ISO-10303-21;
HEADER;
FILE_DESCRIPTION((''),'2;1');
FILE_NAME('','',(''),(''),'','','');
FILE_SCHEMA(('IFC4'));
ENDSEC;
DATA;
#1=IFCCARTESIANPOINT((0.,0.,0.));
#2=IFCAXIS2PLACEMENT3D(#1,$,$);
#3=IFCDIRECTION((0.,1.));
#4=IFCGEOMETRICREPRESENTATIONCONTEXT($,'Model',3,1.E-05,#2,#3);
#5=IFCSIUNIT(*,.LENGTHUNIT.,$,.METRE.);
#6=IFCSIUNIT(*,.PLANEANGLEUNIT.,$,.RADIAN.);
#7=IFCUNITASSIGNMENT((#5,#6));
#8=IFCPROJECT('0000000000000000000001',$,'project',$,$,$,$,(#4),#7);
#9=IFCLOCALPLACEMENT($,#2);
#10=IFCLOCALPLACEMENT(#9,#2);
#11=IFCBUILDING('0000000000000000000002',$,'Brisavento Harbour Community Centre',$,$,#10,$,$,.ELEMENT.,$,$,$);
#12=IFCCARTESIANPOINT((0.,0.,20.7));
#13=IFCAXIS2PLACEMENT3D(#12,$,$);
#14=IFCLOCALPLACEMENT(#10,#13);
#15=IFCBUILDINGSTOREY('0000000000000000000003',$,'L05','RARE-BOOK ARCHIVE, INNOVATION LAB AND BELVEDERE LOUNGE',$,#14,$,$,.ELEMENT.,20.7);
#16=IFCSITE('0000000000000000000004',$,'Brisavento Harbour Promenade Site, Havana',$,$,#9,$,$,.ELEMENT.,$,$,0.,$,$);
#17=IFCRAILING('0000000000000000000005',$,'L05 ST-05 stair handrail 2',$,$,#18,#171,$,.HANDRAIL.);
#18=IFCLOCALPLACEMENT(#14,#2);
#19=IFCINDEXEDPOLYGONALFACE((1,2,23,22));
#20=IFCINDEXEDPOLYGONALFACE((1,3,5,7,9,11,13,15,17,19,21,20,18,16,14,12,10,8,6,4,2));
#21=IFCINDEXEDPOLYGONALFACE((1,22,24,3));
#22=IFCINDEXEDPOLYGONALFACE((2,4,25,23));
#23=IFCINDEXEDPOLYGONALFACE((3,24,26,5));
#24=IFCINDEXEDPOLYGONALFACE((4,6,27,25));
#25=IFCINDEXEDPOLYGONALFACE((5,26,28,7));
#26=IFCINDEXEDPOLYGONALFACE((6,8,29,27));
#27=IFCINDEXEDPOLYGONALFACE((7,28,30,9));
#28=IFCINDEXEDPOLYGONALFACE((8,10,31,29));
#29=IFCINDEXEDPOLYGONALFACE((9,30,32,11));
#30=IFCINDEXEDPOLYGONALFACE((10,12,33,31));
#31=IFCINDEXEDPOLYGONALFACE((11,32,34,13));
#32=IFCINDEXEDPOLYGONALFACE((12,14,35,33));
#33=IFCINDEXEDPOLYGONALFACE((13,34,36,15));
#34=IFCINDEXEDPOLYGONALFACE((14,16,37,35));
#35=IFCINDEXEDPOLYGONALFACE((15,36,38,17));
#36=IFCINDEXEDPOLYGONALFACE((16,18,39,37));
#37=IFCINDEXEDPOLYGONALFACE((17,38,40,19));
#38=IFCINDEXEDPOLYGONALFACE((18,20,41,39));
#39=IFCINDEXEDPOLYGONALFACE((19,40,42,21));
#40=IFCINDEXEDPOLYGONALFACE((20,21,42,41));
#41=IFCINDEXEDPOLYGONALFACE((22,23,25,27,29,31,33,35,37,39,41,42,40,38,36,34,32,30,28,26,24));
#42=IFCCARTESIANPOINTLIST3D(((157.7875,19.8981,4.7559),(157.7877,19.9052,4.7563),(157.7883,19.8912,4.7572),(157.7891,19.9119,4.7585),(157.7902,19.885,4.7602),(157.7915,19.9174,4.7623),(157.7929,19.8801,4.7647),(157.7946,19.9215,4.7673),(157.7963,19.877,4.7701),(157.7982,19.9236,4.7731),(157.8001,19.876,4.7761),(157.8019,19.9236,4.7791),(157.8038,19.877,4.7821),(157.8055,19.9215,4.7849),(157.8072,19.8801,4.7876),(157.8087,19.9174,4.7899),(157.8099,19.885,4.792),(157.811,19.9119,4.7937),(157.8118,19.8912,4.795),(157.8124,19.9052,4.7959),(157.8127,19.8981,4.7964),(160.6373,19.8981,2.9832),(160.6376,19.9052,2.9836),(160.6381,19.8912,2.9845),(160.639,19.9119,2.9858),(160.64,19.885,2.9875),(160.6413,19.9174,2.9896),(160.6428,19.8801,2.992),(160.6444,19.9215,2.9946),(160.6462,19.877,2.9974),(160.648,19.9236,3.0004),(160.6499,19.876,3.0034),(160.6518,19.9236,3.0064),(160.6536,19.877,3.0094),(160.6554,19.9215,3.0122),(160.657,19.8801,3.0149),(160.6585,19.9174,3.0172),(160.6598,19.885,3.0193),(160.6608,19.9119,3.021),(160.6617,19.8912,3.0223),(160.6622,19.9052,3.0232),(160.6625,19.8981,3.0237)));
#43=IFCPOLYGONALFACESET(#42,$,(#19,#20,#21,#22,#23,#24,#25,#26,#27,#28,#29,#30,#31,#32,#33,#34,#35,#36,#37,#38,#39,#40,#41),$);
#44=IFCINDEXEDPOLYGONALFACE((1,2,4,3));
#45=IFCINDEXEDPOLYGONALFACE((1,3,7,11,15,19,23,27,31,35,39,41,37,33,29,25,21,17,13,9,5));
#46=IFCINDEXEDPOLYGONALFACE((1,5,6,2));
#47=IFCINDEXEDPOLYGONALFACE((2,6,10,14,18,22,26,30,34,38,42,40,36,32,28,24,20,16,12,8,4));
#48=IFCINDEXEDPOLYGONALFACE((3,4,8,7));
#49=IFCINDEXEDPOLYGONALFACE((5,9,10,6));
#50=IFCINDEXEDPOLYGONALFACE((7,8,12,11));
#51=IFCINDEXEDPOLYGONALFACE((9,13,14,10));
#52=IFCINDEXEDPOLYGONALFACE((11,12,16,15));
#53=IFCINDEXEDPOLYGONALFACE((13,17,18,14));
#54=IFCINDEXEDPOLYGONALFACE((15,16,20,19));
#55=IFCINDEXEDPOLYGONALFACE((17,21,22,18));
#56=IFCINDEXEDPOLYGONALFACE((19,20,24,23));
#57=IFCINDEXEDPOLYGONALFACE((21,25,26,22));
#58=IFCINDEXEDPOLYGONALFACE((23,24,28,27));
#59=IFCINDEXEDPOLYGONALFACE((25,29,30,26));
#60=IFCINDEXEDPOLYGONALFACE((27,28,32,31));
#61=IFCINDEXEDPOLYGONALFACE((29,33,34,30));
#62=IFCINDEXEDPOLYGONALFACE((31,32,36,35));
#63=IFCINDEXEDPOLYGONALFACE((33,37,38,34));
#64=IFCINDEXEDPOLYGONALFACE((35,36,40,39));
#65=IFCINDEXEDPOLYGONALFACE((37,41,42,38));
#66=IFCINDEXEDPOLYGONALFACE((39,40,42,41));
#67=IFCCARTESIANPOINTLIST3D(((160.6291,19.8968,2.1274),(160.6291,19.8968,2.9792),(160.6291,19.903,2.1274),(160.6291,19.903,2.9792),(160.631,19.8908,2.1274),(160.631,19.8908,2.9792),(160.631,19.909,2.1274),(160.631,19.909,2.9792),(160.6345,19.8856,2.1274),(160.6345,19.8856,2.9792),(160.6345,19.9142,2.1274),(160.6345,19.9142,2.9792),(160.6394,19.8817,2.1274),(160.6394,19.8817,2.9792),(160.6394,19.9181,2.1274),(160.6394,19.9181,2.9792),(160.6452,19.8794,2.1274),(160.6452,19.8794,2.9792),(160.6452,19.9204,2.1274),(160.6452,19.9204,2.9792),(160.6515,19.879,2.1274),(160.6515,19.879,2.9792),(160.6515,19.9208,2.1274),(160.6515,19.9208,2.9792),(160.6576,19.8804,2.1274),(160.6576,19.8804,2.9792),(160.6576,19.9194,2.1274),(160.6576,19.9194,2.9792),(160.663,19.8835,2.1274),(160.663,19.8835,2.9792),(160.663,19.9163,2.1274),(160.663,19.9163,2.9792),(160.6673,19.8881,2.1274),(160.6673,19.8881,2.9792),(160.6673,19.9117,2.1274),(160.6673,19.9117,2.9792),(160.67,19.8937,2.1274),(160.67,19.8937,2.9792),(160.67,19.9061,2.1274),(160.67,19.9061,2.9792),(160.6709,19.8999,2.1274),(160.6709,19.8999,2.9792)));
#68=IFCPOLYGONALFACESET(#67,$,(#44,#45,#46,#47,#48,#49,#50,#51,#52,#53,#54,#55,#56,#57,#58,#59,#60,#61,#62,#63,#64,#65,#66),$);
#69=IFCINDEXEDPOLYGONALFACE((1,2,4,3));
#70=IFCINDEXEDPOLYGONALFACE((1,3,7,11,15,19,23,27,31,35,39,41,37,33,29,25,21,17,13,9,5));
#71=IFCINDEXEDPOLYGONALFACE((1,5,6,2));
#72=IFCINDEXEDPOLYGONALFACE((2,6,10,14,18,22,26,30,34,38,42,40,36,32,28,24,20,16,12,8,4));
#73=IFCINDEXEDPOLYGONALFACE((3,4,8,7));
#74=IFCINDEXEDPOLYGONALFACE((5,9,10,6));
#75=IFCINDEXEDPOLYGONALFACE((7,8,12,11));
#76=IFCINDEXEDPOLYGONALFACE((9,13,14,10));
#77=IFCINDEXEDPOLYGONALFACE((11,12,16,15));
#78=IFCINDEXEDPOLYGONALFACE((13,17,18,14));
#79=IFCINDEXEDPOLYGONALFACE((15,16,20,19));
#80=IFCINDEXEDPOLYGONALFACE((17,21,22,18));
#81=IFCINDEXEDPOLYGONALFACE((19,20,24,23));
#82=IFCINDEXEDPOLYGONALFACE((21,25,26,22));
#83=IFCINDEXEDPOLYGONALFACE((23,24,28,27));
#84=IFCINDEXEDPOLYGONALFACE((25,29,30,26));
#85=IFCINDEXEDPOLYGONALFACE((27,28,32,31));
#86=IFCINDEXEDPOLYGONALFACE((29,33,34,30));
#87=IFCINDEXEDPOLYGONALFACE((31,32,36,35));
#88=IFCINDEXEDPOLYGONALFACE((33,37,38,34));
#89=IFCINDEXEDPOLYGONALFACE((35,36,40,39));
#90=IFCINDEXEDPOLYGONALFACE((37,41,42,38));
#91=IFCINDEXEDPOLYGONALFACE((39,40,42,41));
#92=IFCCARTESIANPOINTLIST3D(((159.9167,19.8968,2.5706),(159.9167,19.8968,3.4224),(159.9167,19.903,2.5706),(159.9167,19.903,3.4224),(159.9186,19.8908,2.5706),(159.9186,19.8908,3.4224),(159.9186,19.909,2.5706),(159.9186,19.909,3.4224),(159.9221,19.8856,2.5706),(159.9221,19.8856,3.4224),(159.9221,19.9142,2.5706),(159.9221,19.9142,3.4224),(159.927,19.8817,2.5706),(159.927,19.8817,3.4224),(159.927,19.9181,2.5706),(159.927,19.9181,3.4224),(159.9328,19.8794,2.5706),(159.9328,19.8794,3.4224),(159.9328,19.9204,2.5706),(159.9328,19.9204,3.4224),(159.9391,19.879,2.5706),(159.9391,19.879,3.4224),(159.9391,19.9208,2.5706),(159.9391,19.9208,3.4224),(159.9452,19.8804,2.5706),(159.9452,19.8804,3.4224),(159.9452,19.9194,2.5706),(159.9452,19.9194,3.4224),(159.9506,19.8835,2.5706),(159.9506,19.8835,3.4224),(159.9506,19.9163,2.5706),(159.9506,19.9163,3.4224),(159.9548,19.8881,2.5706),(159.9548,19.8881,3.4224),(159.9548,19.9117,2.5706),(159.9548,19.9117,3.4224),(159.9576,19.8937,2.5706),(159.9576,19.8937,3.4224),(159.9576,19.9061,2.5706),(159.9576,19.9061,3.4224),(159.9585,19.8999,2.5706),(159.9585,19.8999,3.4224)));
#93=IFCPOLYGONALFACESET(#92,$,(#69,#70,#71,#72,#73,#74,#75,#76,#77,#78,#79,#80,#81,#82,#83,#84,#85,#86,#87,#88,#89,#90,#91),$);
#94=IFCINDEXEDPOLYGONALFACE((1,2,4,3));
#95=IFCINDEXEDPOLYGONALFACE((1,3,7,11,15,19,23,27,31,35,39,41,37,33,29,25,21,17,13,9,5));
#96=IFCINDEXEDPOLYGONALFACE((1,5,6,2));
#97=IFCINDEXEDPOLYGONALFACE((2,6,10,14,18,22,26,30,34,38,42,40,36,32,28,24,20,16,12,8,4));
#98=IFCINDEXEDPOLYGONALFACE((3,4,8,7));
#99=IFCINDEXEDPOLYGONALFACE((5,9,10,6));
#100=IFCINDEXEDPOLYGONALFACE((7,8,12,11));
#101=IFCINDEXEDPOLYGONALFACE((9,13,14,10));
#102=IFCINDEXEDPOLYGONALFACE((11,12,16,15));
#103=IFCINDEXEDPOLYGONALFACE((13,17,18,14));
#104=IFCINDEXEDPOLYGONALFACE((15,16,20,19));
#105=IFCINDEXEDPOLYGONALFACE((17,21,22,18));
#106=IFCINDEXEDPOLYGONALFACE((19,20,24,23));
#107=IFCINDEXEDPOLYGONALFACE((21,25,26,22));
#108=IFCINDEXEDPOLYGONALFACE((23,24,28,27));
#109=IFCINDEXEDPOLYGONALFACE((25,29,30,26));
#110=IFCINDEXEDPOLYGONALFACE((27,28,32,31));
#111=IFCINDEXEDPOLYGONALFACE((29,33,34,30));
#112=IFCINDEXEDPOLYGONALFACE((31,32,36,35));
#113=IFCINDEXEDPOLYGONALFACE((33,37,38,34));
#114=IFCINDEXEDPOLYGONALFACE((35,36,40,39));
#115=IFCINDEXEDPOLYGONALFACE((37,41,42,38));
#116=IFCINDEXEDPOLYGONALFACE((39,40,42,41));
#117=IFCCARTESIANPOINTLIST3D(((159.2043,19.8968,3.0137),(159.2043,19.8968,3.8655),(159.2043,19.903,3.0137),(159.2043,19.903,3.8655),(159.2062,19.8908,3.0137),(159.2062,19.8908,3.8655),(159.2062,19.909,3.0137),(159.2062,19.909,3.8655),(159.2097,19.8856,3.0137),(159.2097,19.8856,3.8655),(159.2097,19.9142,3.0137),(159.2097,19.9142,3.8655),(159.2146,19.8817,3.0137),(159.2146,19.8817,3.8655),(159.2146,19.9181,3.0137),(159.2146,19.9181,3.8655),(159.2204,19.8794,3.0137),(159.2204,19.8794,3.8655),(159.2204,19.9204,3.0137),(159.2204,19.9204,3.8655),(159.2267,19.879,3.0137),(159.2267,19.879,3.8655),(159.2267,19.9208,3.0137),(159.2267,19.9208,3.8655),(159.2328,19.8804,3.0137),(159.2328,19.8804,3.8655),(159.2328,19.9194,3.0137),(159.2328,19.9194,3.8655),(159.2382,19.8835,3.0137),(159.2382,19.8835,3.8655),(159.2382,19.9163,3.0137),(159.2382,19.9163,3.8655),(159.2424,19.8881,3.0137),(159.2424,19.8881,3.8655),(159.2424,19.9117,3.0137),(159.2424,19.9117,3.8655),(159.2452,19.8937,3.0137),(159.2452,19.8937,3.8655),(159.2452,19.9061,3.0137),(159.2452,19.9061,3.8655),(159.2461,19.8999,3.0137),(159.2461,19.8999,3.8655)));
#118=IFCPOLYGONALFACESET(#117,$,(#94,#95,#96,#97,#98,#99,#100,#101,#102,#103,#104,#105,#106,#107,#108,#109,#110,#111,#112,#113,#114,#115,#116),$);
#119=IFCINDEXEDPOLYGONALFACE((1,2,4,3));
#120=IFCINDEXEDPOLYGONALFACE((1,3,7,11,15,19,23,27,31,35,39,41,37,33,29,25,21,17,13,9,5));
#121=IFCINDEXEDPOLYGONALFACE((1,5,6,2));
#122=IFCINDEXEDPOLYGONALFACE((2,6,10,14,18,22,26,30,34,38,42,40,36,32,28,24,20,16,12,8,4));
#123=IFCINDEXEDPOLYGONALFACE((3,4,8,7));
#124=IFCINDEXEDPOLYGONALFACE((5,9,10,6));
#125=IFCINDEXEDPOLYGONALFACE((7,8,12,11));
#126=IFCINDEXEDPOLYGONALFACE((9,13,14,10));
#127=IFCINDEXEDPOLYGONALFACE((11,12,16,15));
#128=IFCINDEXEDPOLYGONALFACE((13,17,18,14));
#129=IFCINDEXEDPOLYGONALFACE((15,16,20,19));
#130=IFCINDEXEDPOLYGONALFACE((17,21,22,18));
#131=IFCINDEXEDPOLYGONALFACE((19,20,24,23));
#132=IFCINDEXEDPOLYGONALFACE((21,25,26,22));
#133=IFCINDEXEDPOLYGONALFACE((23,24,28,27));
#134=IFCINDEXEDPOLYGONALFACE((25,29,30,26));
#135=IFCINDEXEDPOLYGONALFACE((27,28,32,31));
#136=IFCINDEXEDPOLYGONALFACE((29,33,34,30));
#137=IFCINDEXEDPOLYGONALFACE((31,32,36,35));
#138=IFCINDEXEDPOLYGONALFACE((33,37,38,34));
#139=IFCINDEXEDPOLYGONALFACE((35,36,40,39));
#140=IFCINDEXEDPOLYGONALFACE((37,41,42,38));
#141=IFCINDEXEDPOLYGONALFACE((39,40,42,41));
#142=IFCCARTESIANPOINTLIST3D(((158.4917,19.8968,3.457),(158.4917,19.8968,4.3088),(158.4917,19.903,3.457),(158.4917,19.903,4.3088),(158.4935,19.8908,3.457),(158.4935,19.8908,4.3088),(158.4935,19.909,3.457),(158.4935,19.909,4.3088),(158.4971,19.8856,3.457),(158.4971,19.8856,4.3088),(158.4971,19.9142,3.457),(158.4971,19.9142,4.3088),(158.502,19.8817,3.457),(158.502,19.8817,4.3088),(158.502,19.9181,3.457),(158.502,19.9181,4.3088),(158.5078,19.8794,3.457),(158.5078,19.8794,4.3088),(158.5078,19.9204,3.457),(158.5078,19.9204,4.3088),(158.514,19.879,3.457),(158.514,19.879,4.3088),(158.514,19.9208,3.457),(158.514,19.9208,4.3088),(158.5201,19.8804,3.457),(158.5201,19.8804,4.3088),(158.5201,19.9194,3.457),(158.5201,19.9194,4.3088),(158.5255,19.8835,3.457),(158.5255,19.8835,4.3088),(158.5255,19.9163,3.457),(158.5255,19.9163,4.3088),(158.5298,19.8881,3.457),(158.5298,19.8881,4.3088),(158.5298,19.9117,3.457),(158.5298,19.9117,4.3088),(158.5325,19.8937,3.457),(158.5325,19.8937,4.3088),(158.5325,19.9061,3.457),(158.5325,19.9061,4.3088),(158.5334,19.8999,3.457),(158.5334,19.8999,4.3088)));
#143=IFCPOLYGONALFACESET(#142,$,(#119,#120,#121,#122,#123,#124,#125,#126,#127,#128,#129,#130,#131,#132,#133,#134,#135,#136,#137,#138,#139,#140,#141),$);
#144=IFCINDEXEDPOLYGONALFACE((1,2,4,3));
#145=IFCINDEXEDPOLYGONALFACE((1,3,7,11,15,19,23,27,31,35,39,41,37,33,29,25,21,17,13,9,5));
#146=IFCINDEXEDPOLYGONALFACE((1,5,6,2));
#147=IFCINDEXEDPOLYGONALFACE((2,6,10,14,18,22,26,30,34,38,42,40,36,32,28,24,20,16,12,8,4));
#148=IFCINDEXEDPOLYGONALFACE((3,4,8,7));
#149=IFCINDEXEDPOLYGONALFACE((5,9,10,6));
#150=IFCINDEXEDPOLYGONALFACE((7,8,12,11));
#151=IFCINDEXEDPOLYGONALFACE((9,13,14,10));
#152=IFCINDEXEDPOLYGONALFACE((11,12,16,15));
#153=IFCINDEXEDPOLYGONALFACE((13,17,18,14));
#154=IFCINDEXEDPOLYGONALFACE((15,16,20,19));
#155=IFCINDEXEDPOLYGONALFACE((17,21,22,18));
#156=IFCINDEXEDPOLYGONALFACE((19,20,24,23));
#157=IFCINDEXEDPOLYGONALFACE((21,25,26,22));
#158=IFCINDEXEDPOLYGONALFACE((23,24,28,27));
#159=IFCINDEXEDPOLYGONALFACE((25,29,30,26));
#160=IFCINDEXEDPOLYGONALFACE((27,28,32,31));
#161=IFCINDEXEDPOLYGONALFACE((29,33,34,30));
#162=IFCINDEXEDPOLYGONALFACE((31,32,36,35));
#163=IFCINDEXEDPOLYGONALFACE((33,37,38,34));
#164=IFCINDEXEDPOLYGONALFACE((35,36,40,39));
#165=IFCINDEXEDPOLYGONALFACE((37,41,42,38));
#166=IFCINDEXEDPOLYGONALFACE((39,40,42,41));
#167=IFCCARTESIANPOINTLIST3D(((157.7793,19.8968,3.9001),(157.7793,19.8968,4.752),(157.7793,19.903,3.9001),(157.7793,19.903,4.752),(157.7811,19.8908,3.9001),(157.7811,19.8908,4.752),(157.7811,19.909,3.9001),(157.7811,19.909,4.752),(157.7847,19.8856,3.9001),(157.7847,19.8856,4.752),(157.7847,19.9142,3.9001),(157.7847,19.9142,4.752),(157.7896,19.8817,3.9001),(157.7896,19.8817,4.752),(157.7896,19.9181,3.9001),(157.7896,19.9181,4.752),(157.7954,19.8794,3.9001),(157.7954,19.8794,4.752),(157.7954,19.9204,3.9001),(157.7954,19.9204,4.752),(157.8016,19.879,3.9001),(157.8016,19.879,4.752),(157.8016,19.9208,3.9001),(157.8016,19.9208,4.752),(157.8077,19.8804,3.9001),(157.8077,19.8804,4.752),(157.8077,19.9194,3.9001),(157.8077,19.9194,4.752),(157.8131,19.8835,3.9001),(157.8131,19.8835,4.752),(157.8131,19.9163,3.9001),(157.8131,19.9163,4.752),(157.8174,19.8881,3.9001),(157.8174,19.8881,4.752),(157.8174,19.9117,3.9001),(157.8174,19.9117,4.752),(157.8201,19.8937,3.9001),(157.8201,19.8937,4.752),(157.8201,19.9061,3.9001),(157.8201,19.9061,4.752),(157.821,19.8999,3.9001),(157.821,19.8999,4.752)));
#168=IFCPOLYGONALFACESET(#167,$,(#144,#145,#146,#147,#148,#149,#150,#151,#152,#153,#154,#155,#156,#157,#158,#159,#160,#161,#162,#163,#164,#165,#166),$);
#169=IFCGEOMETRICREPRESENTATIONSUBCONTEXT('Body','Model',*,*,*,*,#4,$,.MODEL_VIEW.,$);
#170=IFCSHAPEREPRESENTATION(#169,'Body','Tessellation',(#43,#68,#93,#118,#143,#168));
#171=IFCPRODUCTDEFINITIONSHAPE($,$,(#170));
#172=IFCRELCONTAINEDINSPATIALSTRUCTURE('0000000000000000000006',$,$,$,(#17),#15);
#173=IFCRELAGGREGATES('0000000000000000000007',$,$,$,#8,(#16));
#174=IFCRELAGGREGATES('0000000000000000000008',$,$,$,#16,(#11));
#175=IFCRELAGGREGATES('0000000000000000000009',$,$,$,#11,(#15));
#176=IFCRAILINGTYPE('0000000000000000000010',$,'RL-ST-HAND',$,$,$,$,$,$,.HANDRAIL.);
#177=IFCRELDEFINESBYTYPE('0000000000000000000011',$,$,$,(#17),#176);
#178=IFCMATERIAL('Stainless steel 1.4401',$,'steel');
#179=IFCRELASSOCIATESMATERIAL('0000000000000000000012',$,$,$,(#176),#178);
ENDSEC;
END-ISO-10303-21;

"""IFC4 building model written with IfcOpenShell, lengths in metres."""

from ifc_helpers import new_model, si_unit, direction, frame, origin, origin_2d, place, context, subcontext, project, spatial, circle, extrude, material, type_object, element, save


model = new_model("IFC4")

# Units and contexts
model_context = context("Model", 3, precision=1e-05, world=origin(), true_north=direction((0.0, 1.0)))
body_context = subcontext(model_context, "Body", "Model", "MODEL_VIEW")
ifc_project = project(units=[si_unit("LENGTHUNIT", "METRE"), si_unit("PLANEANGLEUNIT", "RADIAN")], contexts=[model_context])

# Site, building, storey
site_placement = place(None, origin())
site = spatial("IfcSite", under=ifc_project, at=site_placement, Name="Brisavento Harbour Promenade Site, Havana", CompositionType="ELEMENT", RefElevation=0.0)
building_placement = place(site_placement, origin())
building = spatial("IfcBuilding", under=site, at=building_placement, Name="Brisavento Harbour Community Centre", CompositionType="ELEMENT")
storey_placement = place(building_placement, frame((0.0, 0.0, 20.7)))
storey = spatial("IfcBuildingStorey", under=building, at=storey_placement, Name="L05", Description="RARE-BOOK ARCHIVE, INNOVATION LAB AND BELVEDERE LOUNGE", CompositionType="ELEMENT", Elevation=20.7)

# Railing
ifc_material_1 = material(Name="Stainless steel 1.4401", Category="steel")
railing_type_1 = type_object("IfcRailingType", Name="RL-ST-HAND", PredefinedType="HANDRAIL", material=ifc_material_1)
railing_1_placement = place(storey_placement, frame((160.6499, 19.8999, 2.1274)))
element("IfcRailing", 1, at=railing_1_placement, inside=storey, type_object=railing_type_1, Name="L05 ST-05 stair handrail 2", PredefinedType="HANDRAIL", context=body_context, shape_type="SweptSolid", body=[
    extrude(circle(Radius=0.0239, at=origin_2d()), frame((0.0, 0.0, 0.876), z_axis=(-0.849128, 0.0, 0.528187), x_axis=(0.0, -1.0, 0.0)), (0.0, 0.0, 1.0), 3.3562),
    extrude(circle(Radius=0.021, at=origin_2d()), origin(), (0.0, 0.0, 1.0), 0.8518),
    extrude(circle(Radius=0.021, at=origin_2d()), frame((-0.7124, 0.0, 0.4431)), (0.0, 0.0, 1.0), 0.8518),
    extrude(circle(Radius=0.021, at=origin_2d()), frame((-1.4248, 0.0, 0.8862)), (0.0, 0.0, 1.0), 0.8518),
    extrude(circle(Radius=0.021, at=origin_2d()), frame((-2.1375, 0.0, 1.3296)), (0.0, 0.0, 1.0), 0.8518),
    extrude(circle(Radius=0.021, at=origin_2d()), frame((-2.8499, 0.0, 1.7727)), (0.0, 0.0, 1.0), 0.8518),
])

save(model, "model.ifc")
